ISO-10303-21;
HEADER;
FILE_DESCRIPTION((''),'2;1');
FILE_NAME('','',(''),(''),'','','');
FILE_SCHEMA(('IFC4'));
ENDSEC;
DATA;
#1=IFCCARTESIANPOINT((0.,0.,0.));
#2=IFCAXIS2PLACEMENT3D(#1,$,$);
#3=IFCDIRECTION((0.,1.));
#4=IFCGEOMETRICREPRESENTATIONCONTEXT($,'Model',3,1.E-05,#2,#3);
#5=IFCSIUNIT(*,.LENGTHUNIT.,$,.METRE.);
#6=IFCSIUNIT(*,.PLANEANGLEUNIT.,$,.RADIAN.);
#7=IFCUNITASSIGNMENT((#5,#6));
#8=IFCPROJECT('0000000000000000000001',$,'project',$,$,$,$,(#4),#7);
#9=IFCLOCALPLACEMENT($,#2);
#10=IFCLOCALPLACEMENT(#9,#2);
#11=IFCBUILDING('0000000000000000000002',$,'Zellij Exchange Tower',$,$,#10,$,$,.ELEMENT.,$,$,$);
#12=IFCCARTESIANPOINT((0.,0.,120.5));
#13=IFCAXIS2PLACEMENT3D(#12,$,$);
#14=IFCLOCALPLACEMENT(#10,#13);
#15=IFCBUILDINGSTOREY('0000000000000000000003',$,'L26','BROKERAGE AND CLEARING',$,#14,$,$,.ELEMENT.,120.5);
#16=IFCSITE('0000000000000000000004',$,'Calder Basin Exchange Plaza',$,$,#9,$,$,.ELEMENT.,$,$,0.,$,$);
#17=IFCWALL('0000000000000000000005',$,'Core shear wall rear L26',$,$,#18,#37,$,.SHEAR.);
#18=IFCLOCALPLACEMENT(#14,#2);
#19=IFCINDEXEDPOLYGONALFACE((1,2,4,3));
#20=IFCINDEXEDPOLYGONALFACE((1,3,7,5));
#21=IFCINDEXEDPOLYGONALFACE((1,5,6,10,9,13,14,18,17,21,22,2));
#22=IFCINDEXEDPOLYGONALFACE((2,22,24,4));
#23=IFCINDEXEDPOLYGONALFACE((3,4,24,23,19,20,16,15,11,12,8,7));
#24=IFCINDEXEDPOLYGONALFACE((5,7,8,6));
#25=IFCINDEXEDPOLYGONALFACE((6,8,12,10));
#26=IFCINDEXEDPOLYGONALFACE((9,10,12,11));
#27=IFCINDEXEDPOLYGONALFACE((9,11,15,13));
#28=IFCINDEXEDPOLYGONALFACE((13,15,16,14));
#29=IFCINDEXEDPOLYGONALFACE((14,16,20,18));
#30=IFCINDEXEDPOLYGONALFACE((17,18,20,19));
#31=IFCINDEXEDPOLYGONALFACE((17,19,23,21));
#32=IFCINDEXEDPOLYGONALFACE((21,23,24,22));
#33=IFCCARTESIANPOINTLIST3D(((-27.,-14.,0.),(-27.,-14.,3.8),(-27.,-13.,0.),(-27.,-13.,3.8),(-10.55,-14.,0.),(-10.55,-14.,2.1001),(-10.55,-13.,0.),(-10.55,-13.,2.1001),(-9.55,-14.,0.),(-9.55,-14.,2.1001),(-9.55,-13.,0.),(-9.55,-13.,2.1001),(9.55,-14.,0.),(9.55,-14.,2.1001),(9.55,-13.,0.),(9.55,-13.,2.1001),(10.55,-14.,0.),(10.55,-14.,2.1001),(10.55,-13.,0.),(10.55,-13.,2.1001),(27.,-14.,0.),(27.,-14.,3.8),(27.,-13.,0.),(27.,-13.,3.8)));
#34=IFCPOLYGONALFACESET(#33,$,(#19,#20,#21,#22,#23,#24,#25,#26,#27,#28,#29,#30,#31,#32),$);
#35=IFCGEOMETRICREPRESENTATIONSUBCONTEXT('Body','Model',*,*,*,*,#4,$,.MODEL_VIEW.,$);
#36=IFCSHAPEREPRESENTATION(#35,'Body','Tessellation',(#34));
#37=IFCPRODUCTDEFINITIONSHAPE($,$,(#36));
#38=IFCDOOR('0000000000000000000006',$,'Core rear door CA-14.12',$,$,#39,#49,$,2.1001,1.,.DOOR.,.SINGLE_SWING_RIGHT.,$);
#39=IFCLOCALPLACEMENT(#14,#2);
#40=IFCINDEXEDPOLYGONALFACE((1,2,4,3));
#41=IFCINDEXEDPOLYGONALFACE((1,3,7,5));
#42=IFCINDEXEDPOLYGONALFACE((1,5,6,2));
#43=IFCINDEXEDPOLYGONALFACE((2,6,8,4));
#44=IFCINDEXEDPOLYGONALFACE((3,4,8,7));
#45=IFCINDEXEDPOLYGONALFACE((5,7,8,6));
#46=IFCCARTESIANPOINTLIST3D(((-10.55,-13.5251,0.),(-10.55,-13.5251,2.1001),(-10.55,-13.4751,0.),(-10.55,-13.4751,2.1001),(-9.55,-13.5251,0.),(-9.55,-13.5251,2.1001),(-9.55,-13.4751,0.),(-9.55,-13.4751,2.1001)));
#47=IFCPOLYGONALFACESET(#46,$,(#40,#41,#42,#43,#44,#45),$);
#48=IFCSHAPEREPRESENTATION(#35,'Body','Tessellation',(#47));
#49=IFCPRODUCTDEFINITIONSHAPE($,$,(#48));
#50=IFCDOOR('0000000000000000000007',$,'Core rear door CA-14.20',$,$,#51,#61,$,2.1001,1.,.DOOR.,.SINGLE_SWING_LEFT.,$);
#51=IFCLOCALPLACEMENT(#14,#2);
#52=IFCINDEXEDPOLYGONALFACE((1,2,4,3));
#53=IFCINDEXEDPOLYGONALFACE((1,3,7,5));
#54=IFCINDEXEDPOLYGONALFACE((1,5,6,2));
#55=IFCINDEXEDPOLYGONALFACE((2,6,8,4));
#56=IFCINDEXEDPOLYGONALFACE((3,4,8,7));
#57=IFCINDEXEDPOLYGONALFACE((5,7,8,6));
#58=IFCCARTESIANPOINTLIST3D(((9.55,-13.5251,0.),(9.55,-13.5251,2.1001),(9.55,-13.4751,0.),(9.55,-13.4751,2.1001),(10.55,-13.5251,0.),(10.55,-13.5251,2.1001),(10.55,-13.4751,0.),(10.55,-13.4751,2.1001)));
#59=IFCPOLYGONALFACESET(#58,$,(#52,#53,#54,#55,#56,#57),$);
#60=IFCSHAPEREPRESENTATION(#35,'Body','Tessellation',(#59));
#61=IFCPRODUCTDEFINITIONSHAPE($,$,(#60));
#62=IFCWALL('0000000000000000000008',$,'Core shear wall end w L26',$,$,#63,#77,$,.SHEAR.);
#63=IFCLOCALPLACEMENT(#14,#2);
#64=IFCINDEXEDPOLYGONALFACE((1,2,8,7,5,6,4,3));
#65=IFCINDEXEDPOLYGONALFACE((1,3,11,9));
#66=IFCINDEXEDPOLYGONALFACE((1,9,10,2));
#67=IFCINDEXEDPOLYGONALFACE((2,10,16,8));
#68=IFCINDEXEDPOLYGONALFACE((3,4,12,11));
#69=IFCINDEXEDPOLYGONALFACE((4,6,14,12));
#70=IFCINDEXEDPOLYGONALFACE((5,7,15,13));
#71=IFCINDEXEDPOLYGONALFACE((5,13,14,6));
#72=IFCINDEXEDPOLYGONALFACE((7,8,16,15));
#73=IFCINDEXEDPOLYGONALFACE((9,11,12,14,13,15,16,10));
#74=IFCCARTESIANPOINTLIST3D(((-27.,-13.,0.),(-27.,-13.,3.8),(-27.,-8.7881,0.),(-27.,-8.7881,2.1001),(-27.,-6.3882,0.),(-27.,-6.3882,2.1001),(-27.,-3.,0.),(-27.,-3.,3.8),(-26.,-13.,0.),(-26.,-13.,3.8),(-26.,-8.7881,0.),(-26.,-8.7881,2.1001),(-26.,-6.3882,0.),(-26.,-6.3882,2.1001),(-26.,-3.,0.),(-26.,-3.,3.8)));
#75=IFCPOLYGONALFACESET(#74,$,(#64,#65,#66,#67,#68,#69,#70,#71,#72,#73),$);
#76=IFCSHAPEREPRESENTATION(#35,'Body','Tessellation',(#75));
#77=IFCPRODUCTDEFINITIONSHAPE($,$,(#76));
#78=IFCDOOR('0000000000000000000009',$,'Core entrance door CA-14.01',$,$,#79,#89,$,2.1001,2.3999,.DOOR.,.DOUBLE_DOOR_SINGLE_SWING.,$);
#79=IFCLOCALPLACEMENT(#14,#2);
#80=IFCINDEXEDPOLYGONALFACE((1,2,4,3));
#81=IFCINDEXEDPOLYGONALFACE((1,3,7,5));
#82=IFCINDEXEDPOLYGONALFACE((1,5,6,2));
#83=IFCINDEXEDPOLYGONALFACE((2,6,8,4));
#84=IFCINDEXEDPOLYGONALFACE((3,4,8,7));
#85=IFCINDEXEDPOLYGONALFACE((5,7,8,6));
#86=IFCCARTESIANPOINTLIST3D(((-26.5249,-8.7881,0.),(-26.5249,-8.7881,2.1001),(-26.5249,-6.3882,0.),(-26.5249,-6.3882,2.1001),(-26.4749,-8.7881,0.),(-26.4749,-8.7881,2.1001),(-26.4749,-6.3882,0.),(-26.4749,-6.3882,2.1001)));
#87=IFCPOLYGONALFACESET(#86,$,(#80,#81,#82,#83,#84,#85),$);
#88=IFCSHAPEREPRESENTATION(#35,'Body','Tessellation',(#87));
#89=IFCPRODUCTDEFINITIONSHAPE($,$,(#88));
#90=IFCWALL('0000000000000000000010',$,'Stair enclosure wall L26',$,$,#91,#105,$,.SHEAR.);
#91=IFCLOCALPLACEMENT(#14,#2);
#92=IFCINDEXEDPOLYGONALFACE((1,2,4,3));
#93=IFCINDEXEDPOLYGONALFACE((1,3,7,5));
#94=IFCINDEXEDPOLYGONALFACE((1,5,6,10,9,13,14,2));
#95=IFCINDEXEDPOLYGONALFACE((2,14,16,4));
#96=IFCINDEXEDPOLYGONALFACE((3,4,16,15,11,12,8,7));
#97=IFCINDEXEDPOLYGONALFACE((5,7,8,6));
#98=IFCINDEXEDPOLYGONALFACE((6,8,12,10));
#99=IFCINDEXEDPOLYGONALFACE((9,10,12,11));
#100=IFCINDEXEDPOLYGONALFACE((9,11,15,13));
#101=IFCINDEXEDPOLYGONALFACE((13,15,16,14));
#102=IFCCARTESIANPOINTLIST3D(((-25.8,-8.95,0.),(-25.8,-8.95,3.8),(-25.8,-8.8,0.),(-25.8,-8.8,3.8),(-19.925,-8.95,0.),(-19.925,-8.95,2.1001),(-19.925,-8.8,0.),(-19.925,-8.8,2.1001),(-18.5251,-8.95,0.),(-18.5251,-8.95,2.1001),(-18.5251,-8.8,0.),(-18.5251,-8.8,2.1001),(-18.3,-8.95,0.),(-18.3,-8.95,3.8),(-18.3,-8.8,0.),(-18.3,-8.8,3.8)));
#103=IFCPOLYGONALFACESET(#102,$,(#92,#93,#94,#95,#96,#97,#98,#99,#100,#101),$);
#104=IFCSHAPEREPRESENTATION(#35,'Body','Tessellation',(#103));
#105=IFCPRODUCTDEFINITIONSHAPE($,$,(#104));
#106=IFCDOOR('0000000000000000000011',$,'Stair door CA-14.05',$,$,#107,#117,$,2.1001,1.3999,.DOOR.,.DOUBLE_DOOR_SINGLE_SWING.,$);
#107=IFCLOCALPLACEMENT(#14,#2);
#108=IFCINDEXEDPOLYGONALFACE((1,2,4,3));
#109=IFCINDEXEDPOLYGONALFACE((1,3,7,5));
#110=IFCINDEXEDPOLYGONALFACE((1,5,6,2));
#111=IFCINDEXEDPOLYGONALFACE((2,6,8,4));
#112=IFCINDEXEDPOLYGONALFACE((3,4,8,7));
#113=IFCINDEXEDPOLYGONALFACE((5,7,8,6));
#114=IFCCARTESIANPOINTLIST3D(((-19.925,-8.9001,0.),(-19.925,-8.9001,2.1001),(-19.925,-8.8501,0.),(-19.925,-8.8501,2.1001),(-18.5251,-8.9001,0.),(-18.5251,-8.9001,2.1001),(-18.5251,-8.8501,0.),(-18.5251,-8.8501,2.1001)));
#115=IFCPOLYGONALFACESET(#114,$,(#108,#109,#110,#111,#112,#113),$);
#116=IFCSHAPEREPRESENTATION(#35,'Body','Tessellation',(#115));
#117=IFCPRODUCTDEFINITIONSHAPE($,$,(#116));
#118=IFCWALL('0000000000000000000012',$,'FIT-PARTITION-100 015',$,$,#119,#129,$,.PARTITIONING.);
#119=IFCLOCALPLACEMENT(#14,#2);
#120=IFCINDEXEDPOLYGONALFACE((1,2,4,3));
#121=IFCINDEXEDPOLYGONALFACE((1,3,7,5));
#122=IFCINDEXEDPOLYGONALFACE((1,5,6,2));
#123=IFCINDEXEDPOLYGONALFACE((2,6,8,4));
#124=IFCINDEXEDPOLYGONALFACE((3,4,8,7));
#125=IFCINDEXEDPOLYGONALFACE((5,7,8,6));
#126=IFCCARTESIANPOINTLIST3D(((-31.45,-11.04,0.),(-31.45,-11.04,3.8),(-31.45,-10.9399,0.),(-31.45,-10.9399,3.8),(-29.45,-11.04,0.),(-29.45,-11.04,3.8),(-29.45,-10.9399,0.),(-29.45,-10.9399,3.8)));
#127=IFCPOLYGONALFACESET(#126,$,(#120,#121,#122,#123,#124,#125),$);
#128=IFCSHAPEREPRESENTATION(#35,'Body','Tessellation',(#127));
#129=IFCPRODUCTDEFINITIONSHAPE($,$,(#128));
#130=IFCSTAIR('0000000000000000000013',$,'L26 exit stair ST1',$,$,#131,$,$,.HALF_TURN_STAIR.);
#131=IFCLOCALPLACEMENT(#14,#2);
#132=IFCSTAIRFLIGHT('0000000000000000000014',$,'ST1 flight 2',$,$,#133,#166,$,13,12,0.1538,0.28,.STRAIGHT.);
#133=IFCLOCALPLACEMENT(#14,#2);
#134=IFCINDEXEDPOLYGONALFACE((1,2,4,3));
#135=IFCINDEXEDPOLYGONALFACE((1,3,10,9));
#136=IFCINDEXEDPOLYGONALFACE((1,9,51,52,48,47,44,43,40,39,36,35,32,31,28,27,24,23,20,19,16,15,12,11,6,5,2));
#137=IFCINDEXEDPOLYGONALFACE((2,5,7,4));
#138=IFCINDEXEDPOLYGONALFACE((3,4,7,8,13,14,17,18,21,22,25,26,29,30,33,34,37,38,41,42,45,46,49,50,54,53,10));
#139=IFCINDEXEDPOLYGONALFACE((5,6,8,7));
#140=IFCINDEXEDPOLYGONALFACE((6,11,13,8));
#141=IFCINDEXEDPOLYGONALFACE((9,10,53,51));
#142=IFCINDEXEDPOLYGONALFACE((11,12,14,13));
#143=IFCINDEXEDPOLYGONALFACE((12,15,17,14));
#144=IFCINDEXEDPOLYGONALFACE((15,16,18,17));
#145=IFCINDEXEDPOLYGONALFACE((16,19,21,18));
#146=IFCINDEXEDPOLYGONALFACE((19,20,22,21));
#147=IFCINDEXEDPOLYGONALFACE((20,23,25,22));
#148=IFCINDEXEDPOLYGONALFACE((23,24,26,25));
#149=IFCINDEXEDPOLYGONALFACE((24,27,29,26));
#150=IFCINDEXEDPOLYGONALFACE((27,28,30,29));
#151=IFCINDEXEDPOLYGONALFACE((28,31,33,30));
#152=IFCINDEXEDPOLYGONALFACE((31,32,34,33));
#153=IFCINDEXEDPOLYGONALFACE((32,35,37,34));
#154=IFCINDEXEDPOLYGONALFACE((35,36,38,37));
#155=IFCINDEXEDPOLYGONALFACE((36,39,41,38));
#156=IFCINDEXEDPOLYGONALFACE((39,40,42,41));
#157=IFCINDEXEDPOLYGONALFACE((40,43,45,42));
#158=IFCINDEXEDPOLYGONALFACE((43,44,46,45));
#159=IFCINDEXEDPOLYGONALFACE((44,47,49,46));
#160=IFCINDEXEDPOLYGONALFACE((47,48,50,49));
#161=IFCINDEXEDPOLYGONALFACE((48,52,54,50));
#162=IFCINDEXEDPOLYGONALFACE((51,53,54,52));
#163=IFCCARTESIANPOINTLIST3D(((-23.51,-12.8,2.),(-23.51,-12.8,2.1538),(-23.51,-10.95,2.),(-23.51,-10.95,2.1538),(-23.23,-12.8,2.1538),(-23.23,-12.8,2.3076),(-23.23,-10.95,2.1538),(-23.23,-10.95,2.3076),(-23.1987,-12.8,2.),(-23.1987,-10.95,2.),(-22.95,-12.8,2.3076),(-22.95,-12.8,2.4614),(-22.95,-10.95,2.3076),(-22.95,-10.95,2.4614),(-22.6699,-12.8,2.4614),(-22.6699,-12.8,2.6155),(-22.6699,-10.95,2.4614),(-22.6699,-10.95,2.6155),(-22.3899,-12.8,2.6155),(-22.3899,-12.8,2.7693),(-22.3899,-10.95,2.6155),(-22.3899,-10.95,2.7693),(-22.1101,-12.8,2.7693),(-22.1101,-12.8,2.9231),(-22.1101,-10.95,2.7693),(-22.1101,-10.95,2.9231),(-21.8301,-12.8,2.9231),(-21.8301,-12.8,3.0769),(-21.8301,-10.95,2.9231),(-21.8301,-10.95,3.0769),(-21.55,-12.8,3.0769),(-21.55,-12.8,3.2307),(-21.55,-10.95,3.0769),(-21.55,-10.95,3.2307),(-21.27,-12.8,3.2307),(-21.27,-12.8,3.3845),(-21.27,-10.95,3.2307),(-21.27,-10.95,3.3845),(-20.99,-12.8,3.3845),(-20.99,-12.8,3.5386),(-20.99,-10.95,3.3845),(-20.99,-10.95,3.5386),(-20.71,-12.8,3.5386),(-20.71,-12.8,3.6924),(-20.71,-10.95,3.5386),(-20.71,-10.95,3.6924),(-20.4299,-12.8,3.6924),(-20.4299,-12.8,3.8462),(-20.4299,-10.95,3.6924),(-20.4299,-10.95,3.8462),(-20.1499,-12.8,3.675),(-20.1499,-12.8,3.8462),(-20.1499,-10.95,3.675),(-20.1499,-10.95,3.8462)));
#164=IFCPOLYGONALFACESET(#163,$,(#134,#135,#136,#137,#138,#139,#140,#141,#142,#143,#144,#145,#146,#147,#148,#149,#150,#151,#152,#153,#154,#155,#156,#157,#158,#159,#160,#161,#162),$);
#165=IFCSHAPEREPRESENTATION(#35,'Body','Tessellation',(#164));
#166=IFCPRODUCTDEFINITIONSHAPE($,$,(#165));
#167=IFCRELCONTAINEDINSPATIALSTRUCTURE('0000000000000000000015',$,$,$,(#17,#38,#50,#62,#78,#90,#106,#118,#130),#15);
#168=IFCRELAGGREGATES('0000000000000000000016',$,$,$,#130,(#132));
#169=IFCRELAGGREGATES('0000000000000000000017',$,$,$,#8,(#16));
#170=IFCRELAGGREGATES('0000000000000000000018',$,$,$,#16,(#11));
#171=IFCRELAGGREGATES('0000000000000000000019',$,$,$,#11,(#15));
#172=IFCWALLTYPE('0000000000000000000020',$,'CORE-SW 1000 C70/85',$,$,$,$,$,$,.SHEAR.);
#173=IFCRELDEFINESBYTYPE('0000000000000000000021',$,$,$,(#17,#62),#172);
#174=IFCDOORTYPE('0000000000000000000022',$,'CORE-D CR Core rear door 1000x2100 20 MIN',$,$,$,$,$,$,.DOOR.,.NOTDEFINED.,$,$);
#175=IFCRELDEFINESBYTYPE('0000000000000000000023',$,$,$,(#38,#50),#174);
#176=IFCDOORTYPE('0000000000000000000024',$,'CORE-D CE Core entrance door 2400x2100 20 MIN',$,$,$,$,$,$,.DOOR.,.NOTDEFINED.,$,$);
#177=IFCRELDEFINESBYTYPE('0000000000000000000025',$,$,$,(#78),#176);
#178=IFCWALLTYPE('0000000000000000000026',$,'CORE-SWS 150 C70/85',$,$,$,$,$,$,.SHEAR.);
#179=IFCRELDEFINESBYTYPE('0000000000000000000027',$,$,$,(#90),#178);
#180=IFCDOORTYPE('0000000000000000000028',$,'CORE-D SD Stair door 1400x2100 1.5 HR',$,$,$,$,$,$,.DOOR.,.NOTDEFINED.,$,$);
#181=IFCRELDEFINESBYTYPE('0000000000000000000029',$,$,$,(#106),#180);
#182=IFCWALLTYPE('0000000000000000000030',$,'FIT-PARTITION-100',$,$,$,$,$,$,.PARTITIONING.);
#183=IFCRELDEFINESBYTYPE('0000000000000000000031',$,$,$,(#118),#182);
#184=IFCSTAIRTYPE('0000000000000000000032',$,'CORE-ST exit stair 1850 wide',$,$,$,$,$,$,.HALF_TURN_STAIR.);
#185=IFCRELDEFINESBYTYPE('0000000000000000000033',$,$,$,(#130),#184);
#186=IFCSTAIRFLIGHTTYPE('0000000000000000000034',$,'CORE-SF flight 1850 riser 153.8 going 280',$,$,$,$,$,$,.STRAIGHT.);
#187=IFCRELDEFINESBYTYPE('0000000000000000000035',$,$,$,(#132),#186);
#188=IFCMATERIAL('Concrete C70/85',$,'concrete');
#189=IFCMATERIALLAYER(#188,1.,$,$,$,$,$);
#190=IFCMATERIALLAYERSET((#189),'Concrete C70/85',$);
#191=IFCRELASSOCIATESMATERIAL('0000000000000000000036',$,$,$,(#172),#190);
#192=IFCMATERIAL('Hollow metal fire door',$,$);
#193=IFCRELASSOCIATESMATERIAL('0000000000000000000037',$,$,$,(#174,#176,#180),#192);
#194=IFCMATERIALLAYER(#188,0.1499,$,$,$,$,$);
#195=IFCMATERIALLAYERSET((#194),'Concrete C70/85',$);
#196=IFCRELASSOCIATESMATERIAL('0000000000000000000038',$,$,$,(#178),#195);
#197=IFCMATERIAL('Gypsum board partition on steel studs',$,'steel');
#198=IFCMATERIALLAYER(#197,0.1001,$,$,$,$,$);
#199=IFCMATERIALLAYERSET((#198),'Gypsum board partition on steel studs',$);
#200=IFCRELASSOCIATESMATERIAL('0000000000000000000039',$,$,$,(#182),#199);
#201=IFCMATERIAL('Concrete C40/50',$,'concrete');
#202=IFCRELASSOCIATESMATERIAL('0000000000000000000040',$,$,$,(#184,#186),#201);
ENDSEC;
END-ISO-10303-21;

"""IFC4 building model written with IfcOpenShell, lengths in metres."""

from ifc_helpers import new_model, si_unit, direction, frame, frame_2d, origin, place, context, subcontext, project, spatial, polyline, rectangle, outline, extrude, material, layer, layer_set, type_object, element, fill, aggregate, save


model = new_model("IFC4")

# Units and contexts
model_context = context("Model", 3, precision=1e-05, world=origin(), true_north=direction((0.0, 1.0)))
body_context = subcontext(model_context, "Body", "Model", "MODEL_VIEW")
ifc_project = project(units=[si_unit("LENGTHUNIT", "METRE"), si_unit("PLANEANGLEUNIT", "RADIAN")], contexts=[model_context])

# Site, building, storey
site_placement = place(None, origin())
site = spatial("IfcSite", under=ifc_project, at=site_placement, Name="Calder Basin Exchange Plaza", CompositionType="ELEMENT", RefElevation=0.0)
building_placement = place(site_placement, origin())
building = spatial("IfcBuilding", under=site, at=building_placement, Name="Zellij Exchange Tower", CompositionType="ELEMENT")
storey_placement = place(building_placement, frame((0.0, 0.0, 120.5)))
storey = spatial("IfcBuildingStorey", under=building, at=storey_placement, Name="L26", Description="BROKERAGE AND CLEARING", CompositionType="ELEMENT", Elevation=120.5)

# Wall, openings, doors
ifc_material_1 = material(Name="Hollow metal fire door")
ifc_material_2 = material(Name="Concrete C70/85", Category="concrete")
ifc_layer_1 = layer(ifc_material_2, 1.0)
ifc_layer_set_1 = layer_set([ifc_layer_1], Name="Concrete C70/85")
wall_type_1 = type_object("IfcWallType", Name="CORE-SW 1000 C70/85", PredefinedType="SHEAR", material=ifc_layer_set_1)
wall_1_placement = place(storey_placement, frame((-27.0, -13.5, 0.0), z_axis=(0.0, 0.0, 1.0), x_axis=(1.0, 0.0, 0.0)))
wall_1 = element("IfcWall", 1, at=wall_1_placement, inside=storey, type_object=wall_type_1, Name="Core shear wall rear L26", PredefinedType="SHEAR", context=body_context, shape_type="SweptSolid", body=[
    extrude(rectangle(XDim=54.0, YDim=1.0, at=frame_2d((27.0, 0.0))), origin(), (0.0, 0.0, 1.0), 3.8),
])
opening_1_placement = place(wall_1_placement, frame((16.45, 0.0, 0.0)))
opening_1 = element("IfcOpeningElement", 2, at=opening_1_placement, cuts=wall_1, PredefinedType="OPENING", context=body_context, shape_type="SweptSolid", body=[
    extrude(rectangle(XDim=1.0, YDim=2.1001, at=frame_2d((0.5, 1.05))), frame((0.0, 0.512, 0.0), z_axis=(0.0, -1.0, 0.0), x_axis=(1.0, 0.0, 0.0)), (0.0, 0.0, 1.0), 1.0239),
])
opening_2_placement = place(wall_1_placement, frame((36.55, 0.0, 0.0)))
opening_2 = element("IfcOpeningElement", 3, at=opening_2_placement, cuts=wall_1, PredefinedType="OPENING", context=body_context, shape_type="SweptSolid", body=[
    extrude(rectangle(XDim=1.0, YDim=2.1001, at=frame_2d((0.5, 1.05))), frame((0.0, 0.512, 0.0), z_axis=(0.0, -1.0, 0.0), x_axis=(1.0, 0.0, 0.0)), (0.0, 0.0, 1.0), 1.0239),
])
door_type_1 = type_object("IfcDoorType", Name="CORE-D CR Core rear door 1000x2100 20 MIN", OperationType="NOTDEFINED", PredefinedType="DOOR", material=ifc_material_1)
door_1_placement = place(opening_1_placement, origin())
door_1 = element("IfcDoor", 4, at=door_1_placement, inside=storey, type_object=door_type_1, Name="Core rear door CA-14.12", OperationType="SINGLE_SWING_RIGHT", OverallHeight=2.1001, OverallWidth=1.0, PredefinedType="DOOR", context=body_context, shape_type="SweptSolid", body=[
    extrude(rectangle(XDim=1.0, YDim=2.1001, at=frame_2d((0.5, 1.05))), frame((0.0, 0.0249, 0.0), z_axis=(0.0, -1.0, 0.0), x_axis=(1.0, 0.0, 0.0)), (0.0, 0.0, 1.0), 0.05),
])
fill(opening_1, door_1)
door_2_placement = place(opening_2_placement, origin())
door_2 = element("IfcDoor", 5, at=door_2_placement, inside=storey, type_object=door_type_1, Name="Core rear door CA-14.20", OperationType="SINGLE_SWING_LEFT", OverallHeight=2.1001, OverallWidth=1.0, PredefinedType="DOOR", context=body_context, shape_type="SweptSolid", body=[
    extrude(rectangle(XDim=1.0, YDim=2.1001, at=frame_2d((0.5, 1.05))), frame((0.0, 0.0249, 0.0), z_axis=(0.0, -1.0, 0.0), x_axis=(1.0, 0.0, 0.0)), (0.0, 0.0, 1.0), 0.05),
])
fill(opening_2, door_2)

# Walls, openings, doors
wall_2_placement = place(storey_placement, frame((-26.5, -13.0, 0.0), z_axis=(0.0, 0.0, 1.0), x_axis=(0.0, 1.0, 0.0)))
wall_2 = element("IfcWall", 6, at=wall_2_placement, inside=storey, type_object=wall_type_1, Name="Core shear wall end w L26", PredefinedType="SHEAR", context=body_context, shape_type="SweptSolid", body=[
    extrude(rectangle(XDim=10.0, YDim=1.0, at=frame_2d((5.0, 0.0))), origin(), (0.0, 0.0, 1.0), 3.8),
])
opening_3_placement = place(wall_2_placement, frame((4.2119, 0.0, 0.0)))
opening_3 = element("IfcOpeningElement", 7, at=opening_3_placement, cuts=wall_2, PredefinedType="OPENING", context=body_context, shape_type="SweptSolid", body=[
    extrude(rectangle(XDim=2.3999, YDim=2.1001, at=frame_2d((1.2, 1.05))), frame((0.0, 0.512, 0.0), z_axis=(0.0, -1.0, 0.0), x_axis=(1.0, 0.0, 0.0)), (0.0, 0.0, 1.0), 1.0239),
])
door_type_2 = type_object("IfcDoorType", Name="CORE-D CE Core entrance door 2400x2100 20 MIN", OperationType="NOTDEFINED", PredefinedType="DOOR", material=ifc_material_1)
door_3_placement = place(opening_3_placement, origin())
door_3 = element("IfcDoor", 8, at=door_3_placement, inside=storey, type_object=door_type_2, Name="Core entrance door CA-14.01", OperationType="DOUBLE_DOOR_SINGLE_SWING", OverallHeight=2.1001, OverallWidth=2.3999, PredefinedType="DOOR", context=body_context, shape_type="SweptSolid", body=[
    extrude(rectangle(XDim=2.3999, YDim=2.1001, at=frame_2d((1.2, 1.05))), frame((0.0, 0.0249, 0.0), z_axis=(0.0, -1.0, 0.0), x_axis=(1.0, 0.0, 0.0)), (0.0, 0.0, 1.0), 0.05),
])
fill(opening_3, door_3)
ifc_layer_2 = layer(ifc_material_2, 0.1499)
ifc_layer_set_2 = layer_set([ifc_layer_2], Name="Concrete C70/85")
wall_type_2 = type_object("IfcWallType", Name="CORE-SWS 150 C70/85", PredefinedType="SHEAR", material=ifc_layer_set_2)
wall_3_placement = place(storey_placement, frame((-25.8, -8.875, 0.0), z_axis=(0.0, 0.0, 1.0), x_axis=(1.0, 0.0, 0.0)))
wall_3 = element("IfcWall", 9, at=wall_3_placement, inside=storey, type_object=wall_type_2, Name="Stair enclosure wall L26", PredefinedType="SHEAR", context=body_context, shape_type="SweptSolid", body=[
    extrude(rectangle(XDim=7.5, YDim=0.1499, at=frame_2d((3.75, 0.0))), origin(), (0.0, 0.0, 1.0), 3.8),
])
opening_4_placement = place(wall_3_placement, frame((5.875, 0.0, 0.0)))
opening_4 = element("IfcOpeningElement", 10, at=opening_4_placement, cuts=wall_3, PredefinedType="OPENING", context=body_context, shape_type="SweptSolid", body=[
    extrude(rectangle(XDim=1.3999, YDim=2.1001, at=frame_2d((0.7, 1.05))), frame((0.0, 0.0869, 0.0), z_axis=(0.0, -1.0, 0.0), x_axis=(1.0, 0.0, 0.0)), (0.0, 0.0, 1.0), 0.1738),
])
door_type_3 = type_object("IfcDoorType", Name="CORE-D SD Stair door 1400x2100 1.5 HR", OperationType="NOTDEFINED", PredefinedType="DOOR", material=ifc_material_1)
door_4_placement = place(opening_4_placement, origin())
door_4 = element("IfcDoor", 11, at=door_4_placement, inside=storey, type_object=door_type_3, Name="Stair door CA-14.05", OperationType="DOUBLE_DOOR_SINGLE_SWING", OverallHeight=2.1001, OverallWidth=1.3999, PredefinedType="DOOR", context=body_context, shape_type="SweptSolid", body=[
    extrude(rectangle(XDim=1.3999, YDim=2.1001, at=frame_2d((0.7, 1.05))), frame((0.0, 0.0249, 0.0), z_axis=(0.0, -1.0, 0.0), x_axis=(1.0, 0.0, 0.0)), (0.0, 0.0, 1.0), 0.05),
])
fill(opening_4, door_4)

# Wall
ifc_material_3 = material(Name="Gypsum board partition on steel studs", Category="steel")
ifc_layer_3 = layer(ifc_material_3, 0.1001)
ifc_layer_set_3 = layer_set([ifc_layer_3], Name="Gypsum board partition on steel studs")
wall_type_3 = type_object("IfcWallType", Name="FIT-PARTITION-100", PredefinedType="PARTITIONING", material=ifc_layer_set_3)
wall_4_placement = place(storey_placement, frame((-31.45, -10.99, 0.0), z_axis=(0.0, 0.0, 1.0), x_axis=(1.0, 0.0, 0.0)))
element("IfcWall", 12, at=wall_4_placement, inside=storey, type_object=wall_type_3, Name="FIT-PARTITION-100 015", PredefinedType="PARTITIONING", context=body_context, shape_type="SweptSolid", body=[
    extrude(rectangle(XDim=2.0, YDim=0.1001, at=frame_2d((1.0, 0.0))), origin(), (0.0, 0.0, 1.0), 3.8),
])

# Stair, stair flight
ifc_material_4 = material(Name="Concrete C40/50", Category="concrete")
stair_type = type_object("IfcStairType", Name="CORE-ST exit stair 1850 wide", PredefinedType="HALF_TURN_STAIR", material=ifc_material_4)
stair_placement = place(storey_placement, origin())
stair = element("IfcStair", 13, at=stair_placement, inside=storey, type_object=stair_type, Name="L26 exit stair ST1", PredefinedType="HALF_TURN_STAIR")
stair_flight_type = type_object("IfcStairFlightType", Name="CORE-SF flight 1850 riser 153.8 going 280", PredefinedType="STRAIGHT", material=ifc_material_4)
stair_flight_placement = place(storey_placement, frame((-23.51, -11.875, 2.0), z_axis=(0.0, 0.0, 1.0), x_axis=(1.0, 0.0, 0.0)))
stair_flight = element("IfcStairFlight", 14, at=stair_flight_placement, type_object=stair_flight_type, Name="ST1 flight 2", NumberOfRisers=13, NumberOfTreads=12, PredefinedType="STRAIGHT", RiserHeight=0.1538, TreadLength=0.28, context=body_context, shape_type="SweptSolid", body=[
    extrude(outline(polyline([(0.0, 0.0), (0.0, 0.1538), (0.28, 0.1538), (0.28, 0.3076), (0.5601, 0.3076), (0.5601, 0.4614), (0.8401, 0.4614), (0.8401, 0.6155), (1.1201, 0.6155), (1.1201, 0.7693), (1.3999, 0.7693), (1.3999, 0.9231), (1.6799, 0.9231), (1.6799, 1.0769), (1.96, 1.0769), (1.96, 1.2307), (2.24, 1.2307), (2.24, 1.3845), (2.52, 1.3845), (2.52, 1.5386), (2.8, 1.5386), (2.8, 1.6924), (3.0801, 1.6924), (3.0801, 1.8462), (3.3601, 1.8462), (3.3601, 2.0), (3.3601, 1.675), (0.3113, 0.0), (0.0, 0.0)])), frame((0.0, 0.925, 0.0), z_axis=(0.0, -1.0, 0.0), x_axis=(1.0, 0.0, 0.0)), (0.0, 0.0, 1.0), 1.8501),
])
aggregate(stair, [stair_flight])

save(model, "model.ifc")
